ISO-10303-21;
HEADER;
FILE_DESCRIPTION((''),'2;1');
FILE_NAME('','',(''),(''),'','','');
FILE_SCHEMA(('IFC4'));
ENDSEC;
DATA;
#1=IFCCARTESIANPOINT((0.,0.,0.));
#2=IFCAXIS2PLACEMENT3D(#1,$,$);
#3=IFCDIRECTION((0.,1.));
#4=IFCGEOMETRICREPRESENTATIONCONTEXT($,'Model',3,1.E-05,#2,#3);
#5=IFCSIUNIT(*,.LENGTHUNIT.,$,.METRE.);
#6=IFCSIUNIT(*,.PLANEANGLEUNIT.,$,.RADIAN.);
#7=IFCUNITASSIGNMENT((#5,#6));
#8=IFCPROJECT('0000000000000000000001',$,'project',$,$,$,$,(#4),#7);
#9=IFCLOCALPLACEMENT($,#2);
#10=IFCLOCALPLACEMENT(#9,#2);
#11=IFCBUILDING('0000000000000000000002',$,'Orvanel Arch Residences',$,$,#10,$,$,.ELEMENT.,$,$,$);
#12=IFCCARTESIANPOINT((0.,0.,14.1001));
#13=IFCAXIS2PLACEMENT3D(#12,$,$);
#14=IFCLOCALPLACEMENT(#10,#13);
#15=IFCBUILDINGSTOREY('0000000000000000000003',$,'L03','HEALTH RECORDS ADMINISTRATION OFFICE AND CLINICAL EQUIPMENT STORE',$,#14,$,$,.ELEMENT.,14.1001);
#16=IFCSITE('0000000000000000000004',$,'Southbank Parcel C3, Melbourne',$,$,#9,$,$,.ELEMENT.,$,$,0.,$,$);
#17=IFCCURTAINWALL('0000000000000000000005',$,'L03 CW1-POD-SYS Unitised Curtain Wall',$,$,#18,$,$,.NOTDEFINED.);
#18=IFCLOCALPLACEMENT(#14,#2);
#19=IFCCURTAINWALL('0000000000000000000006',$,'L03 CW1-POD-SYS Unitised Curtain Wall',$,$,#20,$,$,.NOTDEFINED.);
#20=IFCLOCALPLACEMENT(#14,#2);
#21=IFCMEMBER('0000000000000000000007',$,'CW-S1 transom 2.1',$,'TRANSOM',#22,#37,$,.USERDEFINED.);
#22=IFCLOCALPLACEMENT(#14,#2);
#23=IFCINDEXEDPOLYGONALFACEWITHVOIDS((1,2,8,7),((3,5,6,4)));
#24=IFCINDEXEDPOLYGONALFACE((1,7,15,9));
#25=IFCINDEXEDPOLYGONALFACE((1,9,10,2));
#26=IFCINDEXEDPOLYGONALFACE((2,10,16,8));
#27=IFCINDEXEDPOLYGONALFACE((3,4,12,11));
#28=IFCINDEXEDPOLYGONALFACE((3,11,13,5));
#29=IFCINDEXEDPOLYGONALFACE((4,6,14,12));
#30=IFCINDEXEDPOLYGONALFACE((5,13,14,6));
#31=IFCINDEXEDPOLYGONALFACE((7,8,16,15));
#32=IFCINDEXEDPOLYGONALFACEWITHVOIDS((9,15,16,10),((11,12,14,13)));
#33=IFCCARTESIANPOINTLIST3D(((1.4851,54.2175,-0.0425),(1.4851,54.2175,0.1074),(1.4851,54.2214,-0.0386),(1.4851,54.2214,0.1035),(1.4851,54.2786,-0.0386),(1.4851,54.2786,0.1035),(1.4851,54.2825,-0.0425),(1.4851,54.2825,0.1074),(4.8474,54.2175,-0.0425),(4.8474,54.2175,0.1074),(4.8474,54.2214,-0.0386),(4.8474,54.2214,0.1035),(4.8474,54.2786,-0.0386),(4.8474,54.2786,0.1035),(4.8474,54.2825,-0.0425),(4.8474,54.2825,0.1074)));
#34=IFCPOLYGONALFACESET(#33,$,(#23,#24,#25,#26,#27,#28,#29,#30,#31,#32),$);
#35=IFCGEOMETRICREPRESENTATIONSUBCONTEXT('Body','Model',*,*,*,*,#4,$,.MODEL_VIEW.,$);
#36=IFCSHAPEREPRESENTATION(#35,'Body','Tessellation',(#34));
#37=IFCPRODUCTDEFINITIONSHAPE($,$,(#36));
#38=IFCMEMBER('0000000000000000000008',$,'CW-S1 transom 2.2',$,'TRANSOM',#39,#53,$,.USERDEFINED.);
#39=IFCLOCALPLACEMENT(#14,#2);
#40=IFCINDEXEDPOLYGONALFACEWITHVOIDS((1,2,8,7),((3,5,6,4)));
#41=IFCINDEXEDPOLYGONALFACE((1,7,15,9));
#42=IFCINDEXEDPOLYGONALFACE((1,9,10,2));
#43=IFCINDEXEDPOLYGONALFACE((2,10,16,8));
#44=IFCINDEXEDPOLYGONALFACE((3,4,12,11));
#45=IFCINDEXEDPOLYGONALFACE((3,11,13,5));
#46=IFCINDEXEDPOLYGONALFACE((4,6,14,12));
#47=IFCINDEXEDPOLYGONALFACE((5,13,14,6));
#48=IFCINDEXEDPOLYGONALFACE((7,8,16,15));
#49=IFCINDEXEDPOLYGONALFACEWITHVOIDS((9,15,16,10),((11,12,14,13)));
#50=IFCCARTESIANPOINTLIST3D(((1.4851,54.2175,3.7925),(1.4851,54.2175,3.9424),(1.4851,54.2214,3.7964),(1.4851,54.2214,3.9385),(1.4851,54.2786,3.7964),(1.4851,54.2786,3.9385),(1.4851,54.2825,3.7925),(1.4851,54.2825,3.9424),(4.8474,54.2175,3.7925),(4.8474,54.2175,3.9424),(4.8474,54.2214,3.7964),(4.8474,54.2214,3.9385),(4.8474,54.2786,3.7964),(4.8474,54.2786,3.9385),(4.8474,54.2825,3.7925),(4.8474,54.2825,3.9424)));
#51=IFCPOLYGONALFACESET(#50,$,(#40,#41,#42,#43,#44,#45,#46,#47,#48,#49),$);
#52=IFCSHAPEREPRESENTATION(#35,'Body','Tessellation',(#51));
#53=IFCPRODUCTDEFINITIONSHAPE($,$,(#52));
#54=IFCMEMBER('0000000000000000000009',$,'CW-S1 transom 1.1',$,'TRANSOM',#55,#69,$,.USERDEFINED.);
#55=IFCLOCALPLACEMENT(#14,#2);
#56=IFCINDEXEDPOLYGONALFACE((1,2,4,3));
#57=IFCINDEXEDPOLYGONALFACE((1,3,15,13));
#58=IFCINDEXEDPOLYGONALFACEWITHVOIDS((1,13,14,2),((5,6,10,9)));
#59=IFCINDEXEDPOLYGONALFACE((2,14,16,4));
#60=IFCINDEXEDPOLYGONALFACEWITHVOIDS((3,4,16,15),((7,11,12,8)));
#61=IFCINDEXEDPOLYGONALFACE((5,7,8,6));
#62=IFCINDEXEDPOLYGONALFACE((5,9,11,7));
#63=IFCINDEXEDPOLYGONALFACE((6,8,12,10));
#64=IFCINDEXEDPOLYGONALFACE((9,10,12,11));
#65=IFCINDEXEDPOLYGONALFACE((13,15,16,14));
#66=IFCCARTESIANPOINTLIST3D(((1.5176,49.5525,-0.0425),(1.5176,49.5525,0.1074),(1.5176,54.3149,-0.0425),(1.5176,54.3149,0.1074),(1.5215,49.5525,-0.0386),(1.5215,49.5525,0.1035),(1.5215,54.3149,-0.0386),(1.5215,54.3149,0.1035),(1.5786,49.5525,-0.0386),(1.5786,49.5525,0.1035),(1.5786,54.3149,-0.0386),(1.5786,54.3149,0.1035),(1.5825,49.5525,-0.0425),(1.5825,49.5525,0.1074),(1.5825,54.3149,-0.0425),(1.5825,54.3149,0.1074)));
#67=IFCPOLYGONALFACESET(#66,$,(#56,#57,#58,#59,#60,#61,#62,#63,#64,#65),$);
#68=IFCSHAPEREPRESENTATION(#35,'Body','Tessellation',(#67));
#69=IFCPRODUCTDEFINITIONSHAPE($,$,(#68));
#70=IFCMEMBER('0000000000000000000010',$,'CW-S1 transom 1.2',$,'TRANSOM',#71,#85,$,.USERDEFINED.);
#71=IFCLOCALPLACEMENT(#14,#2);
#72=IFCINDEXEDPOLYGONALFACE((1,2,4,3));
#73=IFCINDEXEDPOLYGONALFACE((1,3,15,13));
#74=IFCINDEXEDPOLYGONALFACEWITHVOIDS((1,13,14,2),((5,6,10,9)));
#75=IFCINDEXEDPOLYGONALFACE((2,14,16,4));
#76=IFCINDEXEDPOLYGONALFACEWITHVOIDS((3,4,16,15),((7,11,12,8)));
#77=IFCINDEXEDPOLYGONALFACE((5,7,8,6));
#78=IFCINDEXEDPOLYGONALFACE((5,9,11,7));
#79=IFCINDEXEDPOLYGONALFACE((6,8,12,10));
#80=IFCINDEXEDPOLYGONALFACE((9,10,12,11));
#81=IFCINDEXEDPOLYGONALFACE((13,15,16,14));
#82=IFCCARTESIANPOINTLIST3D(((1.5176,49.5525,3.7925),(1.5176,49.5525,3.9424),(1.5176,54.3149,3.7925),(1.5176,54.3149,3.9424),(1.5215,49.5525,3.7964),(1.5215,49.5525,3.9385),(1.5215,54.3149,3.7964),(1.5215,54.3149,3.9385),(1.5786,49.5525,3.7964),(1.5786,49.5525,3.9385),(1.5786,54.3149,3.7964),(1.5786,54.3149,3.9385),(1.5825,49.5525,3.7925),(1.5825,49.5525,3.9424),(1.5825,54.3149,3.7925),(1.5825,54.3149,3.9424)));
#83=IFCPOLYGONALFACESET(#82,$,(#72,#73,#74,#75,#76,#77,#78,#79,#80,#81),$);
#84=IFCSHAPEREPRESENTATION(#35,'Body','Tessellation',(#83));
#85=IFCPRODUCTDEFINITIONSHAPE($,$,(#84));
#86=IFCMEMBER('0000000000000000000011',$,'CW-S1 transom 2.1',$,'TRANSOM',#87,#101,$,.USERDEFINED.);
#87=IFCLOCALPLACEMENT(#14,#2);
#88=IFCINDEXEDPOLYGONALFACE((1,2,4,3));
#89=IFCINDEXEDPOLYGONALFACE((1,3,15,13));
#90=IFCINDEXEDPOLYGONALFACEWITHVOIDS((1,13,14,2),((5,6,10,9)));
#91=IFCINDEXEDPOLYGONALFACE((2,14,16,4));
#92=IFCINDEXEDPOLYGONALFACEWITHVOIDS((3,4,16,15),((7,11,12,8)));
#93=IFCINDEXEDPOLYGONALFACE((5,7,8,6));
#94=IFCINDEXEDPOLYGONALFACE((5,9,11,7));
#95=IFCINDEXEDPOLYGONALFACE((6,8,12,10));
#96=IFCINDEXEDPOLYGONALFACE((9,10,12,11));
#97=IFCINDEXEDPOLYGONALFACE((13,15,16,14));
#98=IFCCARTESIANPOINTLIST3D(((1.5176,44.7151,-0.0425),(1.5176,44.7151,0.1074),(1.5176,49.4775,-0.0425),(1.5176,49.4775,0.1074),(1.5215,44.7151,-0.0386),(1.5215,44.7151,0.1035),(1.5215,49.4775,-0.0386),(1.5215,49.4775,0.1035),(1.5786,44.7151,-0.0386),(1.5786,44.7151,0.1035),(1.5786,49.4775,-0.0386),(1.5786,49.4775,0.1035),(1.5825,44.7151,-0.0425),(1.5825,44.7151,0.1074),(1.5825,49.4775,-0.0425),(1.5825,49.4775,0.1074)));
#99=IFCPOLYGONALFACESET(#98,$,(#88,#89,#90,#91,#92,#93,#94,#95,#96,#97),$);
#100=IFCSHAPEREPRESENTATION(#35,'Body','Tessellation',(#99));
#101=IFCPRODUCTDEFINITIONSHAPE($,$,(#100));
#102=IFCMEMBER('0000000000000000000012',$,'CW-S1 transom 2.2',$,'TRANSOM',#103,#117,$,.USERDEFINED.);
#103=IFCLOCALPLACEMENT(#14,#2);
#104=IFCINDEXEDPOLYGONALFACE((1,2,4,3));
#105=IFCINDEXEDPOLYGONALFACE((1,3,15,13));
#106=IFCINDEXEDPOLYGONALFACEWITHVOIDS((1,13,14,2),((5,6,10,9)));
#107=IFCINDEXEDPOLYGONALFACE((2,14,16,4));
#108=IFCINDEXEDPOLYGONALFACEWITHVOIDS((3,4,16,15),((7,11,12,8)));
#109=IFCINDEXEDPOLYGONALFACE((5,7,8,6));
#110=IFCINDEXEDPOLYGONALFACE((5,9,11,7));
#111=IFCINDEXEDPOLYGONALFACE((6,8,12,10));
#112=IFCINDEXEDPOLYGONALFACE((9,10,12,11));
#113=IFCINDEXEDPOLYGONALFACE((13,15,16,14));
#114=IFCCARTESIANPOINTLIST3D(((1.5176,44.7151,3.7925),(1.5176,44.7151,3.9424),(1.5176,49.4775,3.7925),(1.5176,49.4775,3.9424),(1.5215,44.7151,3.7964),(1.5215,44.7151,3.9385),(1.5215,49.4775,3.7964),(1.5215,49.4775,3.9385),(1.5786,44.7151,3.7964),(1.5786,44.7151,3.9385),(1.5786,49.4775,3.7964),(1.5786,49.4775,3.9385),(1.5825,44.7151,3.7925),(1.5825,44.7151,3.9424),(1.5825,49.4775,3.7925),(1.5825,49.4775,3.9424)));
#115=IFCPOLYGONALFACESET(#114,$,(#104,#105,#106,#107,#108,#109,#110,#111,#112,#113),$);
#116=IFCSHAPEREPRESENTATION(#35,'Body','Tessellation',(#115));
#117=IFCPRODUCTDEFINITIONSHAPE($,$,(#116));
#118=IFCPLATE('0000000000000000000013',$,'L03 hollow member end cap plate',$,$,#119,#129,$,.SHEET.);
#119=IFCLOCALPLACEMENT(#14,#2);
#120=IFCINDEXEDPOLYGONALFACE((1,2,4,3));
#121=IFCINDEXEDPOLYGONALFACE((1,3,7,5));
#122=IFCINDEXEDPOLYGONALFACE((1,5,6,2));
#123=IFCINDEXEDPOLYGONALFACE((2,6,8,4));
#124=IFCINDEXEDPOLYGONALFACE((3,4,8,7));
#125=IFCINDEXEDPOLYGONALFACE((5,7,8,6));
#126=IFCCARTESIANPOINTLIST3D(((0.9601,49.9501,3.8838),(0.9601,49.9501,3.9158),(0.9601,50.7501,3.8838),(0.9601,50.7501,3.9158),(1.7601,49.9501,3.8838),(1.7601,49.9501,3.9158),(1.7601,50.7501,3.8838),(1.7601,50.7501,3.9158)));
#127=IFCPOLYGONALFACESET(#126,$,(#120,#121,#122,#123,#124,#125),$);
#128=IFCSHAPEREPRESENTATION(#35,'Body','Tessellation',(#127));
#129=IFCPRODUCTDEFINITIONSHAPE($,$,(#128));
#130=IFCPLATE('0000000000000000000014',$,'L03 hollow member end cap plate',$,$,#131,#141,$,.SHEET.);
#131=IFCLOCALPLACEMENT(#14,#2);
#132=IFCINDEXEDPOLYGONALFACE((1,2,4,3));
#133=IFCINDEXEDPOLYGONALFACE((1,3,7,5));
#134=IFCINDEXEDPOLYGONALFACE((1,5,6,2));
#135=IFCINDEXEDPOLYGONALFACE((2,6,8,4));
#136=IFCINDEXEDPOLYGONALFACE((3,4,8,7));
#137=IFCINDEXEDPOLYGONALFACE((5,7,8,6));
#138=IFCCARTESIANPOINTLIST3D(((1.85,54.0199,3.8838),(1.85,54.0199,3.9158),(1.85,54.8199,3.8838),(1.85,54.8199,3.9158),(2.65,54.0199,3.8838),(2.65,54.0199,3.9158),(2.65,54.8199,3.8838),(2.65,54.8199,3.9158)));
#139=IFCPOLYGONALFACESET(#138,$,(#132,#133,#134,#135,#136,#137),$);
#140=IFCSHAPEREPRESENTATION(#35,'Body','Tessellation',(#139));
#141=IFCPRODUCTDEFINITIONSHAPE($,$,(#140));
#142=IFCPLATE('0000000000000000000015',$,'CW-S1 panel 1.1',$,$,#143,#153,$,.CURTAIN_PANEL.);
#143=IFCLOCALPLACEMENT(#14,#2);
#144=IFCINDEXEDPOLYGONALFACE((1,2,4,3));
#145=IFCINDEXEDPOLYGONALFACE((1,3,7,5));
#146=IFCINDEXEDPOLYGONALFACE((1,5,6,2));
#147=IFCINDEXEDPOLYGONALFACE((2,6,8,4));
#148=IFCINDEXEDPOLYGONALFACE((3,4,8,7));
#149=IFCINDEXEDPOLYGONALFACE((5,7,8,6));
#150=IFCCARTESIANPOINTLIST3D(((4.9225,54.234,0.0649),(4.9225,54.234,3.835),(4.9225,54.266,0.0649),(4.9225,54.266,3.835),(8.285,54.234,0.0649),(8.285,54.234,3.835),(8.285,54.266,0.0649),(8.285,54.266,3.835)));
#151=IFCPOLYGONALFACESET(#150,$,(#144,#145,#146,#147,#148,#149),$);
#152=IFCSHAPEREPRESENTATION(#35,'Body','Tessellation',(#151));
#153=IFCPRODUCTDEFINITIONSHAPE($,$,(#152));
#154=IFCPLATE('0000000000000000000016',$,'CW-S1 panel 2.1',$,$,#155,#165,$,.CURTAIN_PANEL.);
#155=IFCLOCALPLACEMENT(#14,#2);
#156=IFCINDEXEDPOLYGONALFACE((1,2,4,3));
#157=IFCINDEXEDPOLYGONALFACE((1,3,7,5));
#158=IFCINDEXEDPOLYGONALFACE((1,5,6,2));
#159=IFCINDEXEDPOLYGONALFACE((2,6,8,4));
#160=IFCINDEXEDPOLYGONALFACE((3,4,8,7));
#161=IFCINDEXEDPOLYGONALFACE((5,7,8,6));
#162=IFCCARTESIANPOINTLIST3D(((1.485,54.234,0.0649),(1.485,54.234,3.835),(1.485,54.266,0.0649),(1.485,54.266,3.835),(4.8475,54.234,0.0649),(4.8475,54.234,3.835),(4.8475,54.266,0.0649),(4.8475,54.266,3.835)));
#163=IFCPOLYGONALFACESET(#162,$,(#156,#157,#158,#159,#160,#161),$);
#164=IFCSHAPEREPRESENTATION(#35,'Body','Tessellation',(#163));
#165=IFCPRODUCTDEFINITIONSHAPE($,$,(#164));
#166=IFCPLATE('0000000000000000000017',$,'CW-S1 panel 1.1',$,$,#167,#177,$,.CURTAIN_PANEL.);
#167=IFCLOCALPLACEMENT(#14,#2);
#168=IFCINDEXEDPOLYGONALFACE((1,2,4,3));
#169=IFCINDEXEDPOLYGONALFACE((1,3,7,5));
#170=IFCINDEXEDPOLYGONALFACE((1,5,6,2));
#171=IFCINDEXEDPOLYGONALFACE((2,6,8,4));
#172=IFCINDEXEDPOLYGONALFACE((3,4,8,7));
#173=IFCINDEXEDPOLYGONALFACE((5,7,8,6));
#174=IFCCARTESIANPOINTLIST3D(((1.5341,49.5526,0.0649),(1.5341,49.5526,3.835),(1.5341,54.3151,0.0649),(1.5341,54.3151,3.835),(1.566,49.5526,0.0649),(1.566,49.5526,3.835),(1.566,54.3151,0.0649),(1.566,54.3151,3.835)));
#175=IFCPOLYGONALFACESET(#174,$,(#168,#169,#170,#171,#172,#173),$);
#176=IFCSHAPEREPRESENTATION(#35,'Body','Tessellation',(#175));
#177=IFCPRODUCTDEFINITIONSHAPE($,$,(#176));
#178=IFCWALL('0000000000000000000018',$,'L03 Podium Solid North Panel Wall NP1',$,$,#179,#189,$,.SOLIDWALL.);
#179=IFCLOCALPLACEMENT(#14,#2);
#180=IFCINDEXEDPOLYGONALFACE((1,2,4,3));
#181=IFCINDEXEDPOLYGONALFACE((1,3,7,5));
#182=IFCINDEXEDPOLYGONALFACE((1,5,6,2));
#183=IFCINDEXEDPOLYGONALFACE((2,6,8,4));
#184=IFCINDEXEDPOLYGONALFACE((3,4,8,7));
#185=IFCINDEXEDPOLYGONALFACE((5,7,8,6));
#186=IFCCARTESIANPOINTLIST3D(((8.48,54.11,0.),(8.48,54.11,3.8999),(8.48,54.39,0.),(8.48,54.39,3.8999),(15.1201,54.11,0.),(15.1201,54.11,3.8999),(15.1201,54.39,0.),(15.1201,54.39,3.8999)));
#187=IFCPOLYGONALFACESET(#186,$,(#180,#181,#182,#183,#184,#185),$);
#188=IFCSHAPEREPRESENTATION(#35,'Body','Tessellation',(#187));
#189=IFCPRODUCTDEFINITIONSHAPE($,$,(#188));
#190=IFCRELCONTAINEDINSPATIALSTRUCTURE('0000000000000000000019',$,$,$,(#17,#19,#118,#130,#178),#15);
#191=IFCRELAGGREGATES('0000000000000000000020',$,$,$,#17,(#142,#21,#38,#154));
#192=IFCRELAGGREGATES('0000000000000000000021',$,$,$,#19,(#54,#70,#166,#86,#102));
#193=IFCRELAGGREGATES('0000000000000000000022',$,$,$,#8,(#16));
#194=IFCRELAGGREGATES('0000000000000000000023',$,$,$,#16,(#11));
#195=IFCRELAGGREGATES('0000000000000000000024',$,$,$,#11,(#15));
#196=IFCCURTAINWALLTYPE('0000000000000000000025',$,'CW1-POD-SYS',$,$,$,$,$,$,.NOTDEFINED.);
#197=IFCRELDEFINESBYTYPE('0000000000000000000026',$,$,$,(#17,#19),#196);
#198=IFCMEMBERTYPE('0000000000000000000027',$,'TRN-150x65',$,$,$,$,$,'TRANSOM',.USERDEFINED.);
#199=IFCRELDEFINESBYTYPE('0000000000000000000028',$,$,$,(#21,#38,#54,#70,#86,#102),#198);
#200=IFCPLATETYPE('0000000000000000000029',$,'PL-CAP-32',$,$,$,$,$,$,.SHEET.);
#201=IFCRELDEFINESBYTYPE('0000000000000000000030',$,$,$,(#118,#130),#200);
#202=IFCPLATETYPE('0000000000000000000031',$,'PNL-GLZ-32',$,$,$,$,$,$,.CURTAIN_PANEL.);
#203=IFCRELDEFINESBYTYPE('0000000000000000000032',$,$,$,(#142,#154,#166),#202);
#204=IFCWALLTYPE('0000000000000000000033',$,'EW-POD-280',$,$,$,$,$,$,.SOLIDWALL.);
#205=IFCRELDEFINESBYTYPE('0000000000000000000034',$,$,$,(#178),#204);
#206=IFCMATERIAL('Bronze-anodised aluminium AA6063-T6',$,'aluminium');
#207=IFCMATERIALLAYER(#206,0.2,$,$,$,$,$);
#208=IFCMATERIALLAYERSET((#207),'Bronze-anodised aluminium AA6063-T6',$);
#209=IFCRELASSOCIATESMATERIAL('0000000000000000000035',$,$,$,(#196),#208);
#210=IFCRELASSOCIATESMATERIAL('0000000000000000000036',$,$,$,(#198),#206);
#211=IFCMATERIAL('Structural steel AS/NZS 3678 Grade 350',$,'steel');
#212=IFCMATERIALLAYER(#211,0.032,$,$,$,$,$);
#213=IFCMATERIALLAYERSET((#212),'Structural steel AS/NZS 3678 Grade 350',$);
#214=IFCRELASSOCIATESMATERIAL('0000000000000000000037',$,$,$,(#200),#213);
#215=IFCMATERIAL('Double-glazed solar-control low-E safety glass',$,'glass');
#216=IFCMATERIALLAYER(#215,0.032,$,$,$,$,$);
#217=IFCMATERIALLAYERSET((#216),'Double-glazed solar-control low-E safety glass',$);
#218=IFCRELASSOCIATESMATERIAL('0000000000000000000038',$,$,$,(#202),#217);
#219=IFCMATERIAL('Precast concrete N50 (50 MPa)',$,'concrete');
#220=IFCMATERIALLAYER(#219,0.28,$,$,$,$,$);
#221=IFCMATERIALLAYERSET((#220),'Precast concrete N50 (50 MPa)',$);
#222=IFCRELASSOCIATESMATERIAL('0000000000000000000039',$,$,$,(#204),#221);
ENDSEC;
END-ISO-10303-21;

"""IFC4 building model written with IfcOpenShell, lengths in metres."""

from ifc_helpers import new_model, si_unit, direction, frame, frame_2d, origin, origin_2d, place, context, subcontext, project, spatial, rectangle, hollow_rectangle, extrude, material, layer, layer_set, material_profile, profile_set, type_object, element, aggregate, save


model = new_model("IFC4")

# Units and contexts
model_context = context("Model", 3, precision=1e-05, world=origin(), true_north=direction((0.0, 1.0)))
body_context = subcontext(model_context, "Body", "Model", "MODEL_VIEW")
ifc_project = project(units=[si_unit("LENGTHUNIT", "METRE"), si_unit("PLANEANGLEUNIT", "RADIAN")], contexts=[model_context])

# Site, building, storey
site_placement = place(None, origin())
site = spatial("IfcSite", under=ifc_project, at=site_placement, Name="Southbank Parcel C3, Melbourne", CompositionType="ELEMENT", RefElevation=0.0)
building_placement = place(site_placement, origin())
building = spatial("IfcBuilding", under=site, at=building_placement, Name="Orvanel Arch Residences", CompositionType="ELEMENT")
storey_placement = place(building_placement, frame((0.0, 0.0, 14.1001)))
storey = spatial("IfcBuildingStorey", under=building, at=storey_placement, Name="L03", Description="HEALTH RECORDS ADMINISTRATION OFFICE AND CLINICAL EQUIPMENT STORE", CompositionType="ELEMENT", Elevation=14.1001)

# Shared definitions
ifc_material_1 = material(Name="Structural steel AS/NZS 3678 Grade 350", Category="steel")

# Curtain walls
ifc_material_2 = material(Name="Bronze-anodised aluminium AA6063-T6", Category="aluminium")
ifc_layer_1 = layer(ifc_material_2, 0.2)
ifc_layer_set_1 = layer_set([ifc_layer_1], Name="Bronze-anodised aluminium AA6063-T6")
curtain_wall_type = type_object("IfcCurtainWallType", Name="CW1-POD-SYS", PredefinedType="NOTDEFINED", material=ifc_layer_set_1)
curtain_wall_1_placement = place(storey_placement, origin())
curtain_wall_1 = element("IfcCurtainWall", 1, at=curtain_wall_1_placement, inside=storey, type_object=curtain_wall_type, Name="L03 CW1-POD-SYS Unitised Curtain Wall", PredefinedType="NOTDEFINED")
curtain_wall_2_placement = place(storey_placement, origin())
curtain_wall_2 = element("IfcCurtainWall", 2, at=curtain_wall_2_placement, inside=storey, type_object=curtain_wall_type, Name="L03 CW1-POD-SYS Unitised Curtain Wall", PredefinedType="NOTDEFINED")

# Members
ifc_material_profile_1 = material_profile(ifc_material_2, hollow_rectangle(XDim=0.0649, YDim=0.1499, WallThickness=0.0039, at=origin_2d()), Name="ALU150x65x4")
ifc_profile_set_1 = profile_set([ifc_material_profile_1], Name="Bronze-anodised aluminium AA6063-T6")
member_type_1 = type_object("IfcMemberType", Name="TRN-150x65", ElementType="TRANSOM", PredefinedType="USERDEFINED", material=ifc_profile_set_1)
member_1_placement = place(storey_placement, frame((4.8474, 54.25, 0.0325), z_axis=(-1.0, 0.0, 0.0), x_axis=(0.0, -1.0, 0.0)))
member_1 = element("IfcMember", 3, at=member_1_placement, type_object=member_type_1, Name="CW-S1 transom 2.1", ObjectType="TRANSOM", PredefinedType="USERDEFINED", context=body_context, shape_type="SweptSolid", body=[
    extrude(hollow_rectangle(XDim=0.0649, YDim=0.1499, WallThickness=0.0039, at=origin_2d()), origin(), (0.0, 0.0, 1.0), 3.3623),
])
member_2_placement = place(storey_placement, frame((4.8474, 54.25, 3.8674), z_axis=(-1.0, 0.0, 0.0), x_axis=(0.0, -1.0, 0.0)))
member_2 = element("IfcMember", 4, at=member_2_placement, type_object=member_type_1, Name="CW-S1 transom 2.2", ObjectType="TRANSOM", PredefinedType="USERDEFINED", context=body_context, shape_type="SweptSolid", body=[
    extrude(hollow_rectangle(XDim=0.0649, YDim=0.1499, WallThickness=0.0039, at=origin_2d()), origin(), (0.0, 0.0, 1.0), 3.3623),
])
member_3_placement = place(storey_placement, frame((1.55, 54.3149, 0.0325), z_axis=(0.0, -1.0, 0.0), x_axis=(1.0, 0.0, 0.0)))
member_3 = element("IfcMember", 5, at=member_3_placement, type_object=member_type_1, Name="CW-S1 transom 1.1", ObjectType="TRANSOM", PredefinedType="USERDEFINED", context=body_context, shape_type="SweptSolid", body=[
    extrude(hollow_rectangle(XDim=0.0649, YDim=0.1499, WallThickness=0.0039, at=origin_2d()), origin(), (0.0, 0.0, 1.0), 4.7625),
])
member_4_placement = place(storey_placement, frame((1.55, 54.3149, 3.8674), z_axis=(0.0, -1.0, 0.0), x_axis=(1.0, 0.0, 0.0)))
member_4 = element("IfcMember", 6, at=member_4_placement, type_object=member_type_1, Name="CW-S1 transom 1.2", ObjectType="TRANSOM", PredefinedType="USERDEFINED", context=body_context, shape_type="SweptSolid", body=[
    extrude(hollow_rectangle(XDim=0.0649, YDim=0.1499, WallThickness=0.0039, at=origin_2d()), origin(), (0.0, 0.0, 1.0), 4.7625),
])
member_5_placement = place(storey_placement, frame((1.55, 49.4775, 0.0325), z_axis=(0.0, -1.0, 0.0), x_axis=(1.0, 0.0, 0.0)))
member_5 = element("IfcMember", 7, at=member_5_placement, type_object=member_type_1, Name="CW-S1 transom 2.1", ObjectType="TRANSOM", PredefinedType="USERDEFINED", context=body_context, shape_type="SweptSolid", body=[
    extrude(hollow_rectangle(XDim=0.0649, YDim=0.1499, WallThickness=0.0039, at=origin_2d()), origin(), (0.0, 0.0, 1.0), 4.7625),
])
member_6_placement = place(storey_placement, frame((1.55, 49.4775, 3.8674), z_axis=(0.0, -1.0, 0.0), x_axis=(1.0, 0.0, 0.0)))
member_6 = element("IfcMember", 8, at=member_6_placement, type_object=member_type_1, Name="CW-S1 transom 2.2", ObjectType="TRANSOM", PredefinedType="USERDEFINED", context=body_context, shape_type="SweptSolid", body=[
    extrude(hollow_rectangle(XDim=0.0649, YDim=0.1499, WallThickness=0.0039, at=origin_2d()), origin(), (0.0, 0.0, 1.0), 4.7625),
])

# Plates
ifc_layer_2 = layer(ifc_material_1, 0.032)
ifc_layer_set_2 = layer_set([ifc_layer_2], Name="Structural steel AS/NZS 3678 Grade 350")
plate_type_1 = type_object("IfcPlateType", Name="PL-CAP-32", PredefinedType="SHEET", material=ifc_layer_set_2)
for number, where, z_axis, x_axis, name in (
    (9, (1.3601, 50.3501, 3.8838), (0.0, 0.0, 1.0), (0.0, 1.0, 0.0), "L03 hollow member end cap plate"),
    (10, (2.25, 54.4199, 3.8838), (0.0, 0.0, 1.0), (1.0, 0.0, 0.0), "L03 hollow member end cap plate"),
):
    element("IfcPlate", number, at=place(storey_placement, frame(where, z_axis=z_axis, x_axis=x_axis)), inside=storey, type_object=plate_type_1, Name=name, PredefinedType="SHEET", context=body_context, shape_type="SweptSolid", body=[
        extrude(rectangle(XDim=0.8, YDim=0.8, at=origin_2d()), origin(), (0.0, 0.0, 1.0), 0.032),
    ])

# Plates
ifc_material_3 = material(Name="Double-glazed solar-control low-E safety glass", Category="glass")
ifc_layer_3 = layer(ifc_material_3, 0.032)
ifc_layer_set_3 = layer_set([ifc_layer_3], Name="Double-glazed solar-control low-E safety glass")
plate_type_2 = type_object("IfcPlateType", Name="PNL-GLZ-32", PredefinedType="CURTAIN_PANEL", material=ifc_layer_set_3)
plate_1_placement = place(storey_placement, frame((6.6038, 54.25, 0.0649), z_axis=(0.0, 0.0, 1.0), x_axis=(-1.0, 0.0, 0.0)))
plate_1 = element("IfcPlate", 11, at=plate_1_placement, type_object=plate_type_2, Name="CW-S1 panel 1.1", PredefinedType="CURTAIN_PANEL", context=body_context, shape_type="SweptSolid", body=[
    extrude(rectangle(XDim=3.3625, YDim=0.032, at=origin_2d()), origin(), (0.0, 0.0, 1.0), 3.77),
])
plate_2_placement = place(storey_placement, frame((3.1663, 54.25, 0.0649), z_axis=(0.0, 0.0, 1.0), x_axis=(-1.0, 0.0, 0.0)))
plate_2 = element("IfcPlate", 12, at=plate_2_placement, type_object=plate_type_2, Name="CW-S1 panel 2.1", PredefinedType="CURTAIN_PANEL", context=body_context, shape_type="SweptSolid", body=[
    extrude(rectangle(XDim=3.3625, YDim=0.032, at=origin_2d()), origin(), (0.0, 0.0, 1.0), 3.77),
])
aggregate(curtain_wall_1, [plate_1, member_1, member_2, plate_2])
plate_3_placement = place(storey_placement, frame((1.55, 51.9338, 0.0649), z_axis=(0.0, 0.0, 1.0), x_axis=(0.0, -1.0, 0.0)))
plate_3 = element("IfcPlate", 13, at=plate_3_placement, type_object=plate_type_2, Name="CW-S1 panel 1.1", PredefinedType="CURTAIN_PANEL", context=body_context, shape_type="SweptSolid", body=[
    extrude(rectangle(XDim=4.7625, YDim=0.032, at=origin_2d()), origin(), (0.0, 0.0, 1.0), 3.77),
])
aggregate(curtain_wall_2, [member_3, member_4, plate_3, member_5, member_6])

# Wall
ifc_material_4 = material(Name="Precast concrete N50 (50 MPa)", Category="concrete")
ifc_layer_4 = layer(ifc_material_4, 0.28)
ifc_layer_set_4 = layer_set([ifc_layer_4], Name="Precast concrete N50 (50 MPa)")
wall_type = type_object("IfcWallType", Name="EW-POD-280", PredefinedType="SOLIDWALL", material=ifc_layer_set_4)
wall_placement = place(storey_placement, frame((8.48, 54.25, 0.0), z_axis=(0.0, 0.0, 1.0), x_axis=(1.0, 0.0, 0.0)))
element("IfcWall", 14, at=wall_placement, inside=storey, type_object=wall_type, Name="L03 Podium Solid North Panel Wall NP1", PredefinedType="SOLIDWALL", context=body_context, shape_type="SweptSolid", body=[
    extrude(rectangle(XDim=6.6401, YDim=0.28, at=frame_2d((3.3201, 0.0))), origin(), (0.0, 0.0, 1.0), 3.8999),
])

save(model, "model.ifc")
